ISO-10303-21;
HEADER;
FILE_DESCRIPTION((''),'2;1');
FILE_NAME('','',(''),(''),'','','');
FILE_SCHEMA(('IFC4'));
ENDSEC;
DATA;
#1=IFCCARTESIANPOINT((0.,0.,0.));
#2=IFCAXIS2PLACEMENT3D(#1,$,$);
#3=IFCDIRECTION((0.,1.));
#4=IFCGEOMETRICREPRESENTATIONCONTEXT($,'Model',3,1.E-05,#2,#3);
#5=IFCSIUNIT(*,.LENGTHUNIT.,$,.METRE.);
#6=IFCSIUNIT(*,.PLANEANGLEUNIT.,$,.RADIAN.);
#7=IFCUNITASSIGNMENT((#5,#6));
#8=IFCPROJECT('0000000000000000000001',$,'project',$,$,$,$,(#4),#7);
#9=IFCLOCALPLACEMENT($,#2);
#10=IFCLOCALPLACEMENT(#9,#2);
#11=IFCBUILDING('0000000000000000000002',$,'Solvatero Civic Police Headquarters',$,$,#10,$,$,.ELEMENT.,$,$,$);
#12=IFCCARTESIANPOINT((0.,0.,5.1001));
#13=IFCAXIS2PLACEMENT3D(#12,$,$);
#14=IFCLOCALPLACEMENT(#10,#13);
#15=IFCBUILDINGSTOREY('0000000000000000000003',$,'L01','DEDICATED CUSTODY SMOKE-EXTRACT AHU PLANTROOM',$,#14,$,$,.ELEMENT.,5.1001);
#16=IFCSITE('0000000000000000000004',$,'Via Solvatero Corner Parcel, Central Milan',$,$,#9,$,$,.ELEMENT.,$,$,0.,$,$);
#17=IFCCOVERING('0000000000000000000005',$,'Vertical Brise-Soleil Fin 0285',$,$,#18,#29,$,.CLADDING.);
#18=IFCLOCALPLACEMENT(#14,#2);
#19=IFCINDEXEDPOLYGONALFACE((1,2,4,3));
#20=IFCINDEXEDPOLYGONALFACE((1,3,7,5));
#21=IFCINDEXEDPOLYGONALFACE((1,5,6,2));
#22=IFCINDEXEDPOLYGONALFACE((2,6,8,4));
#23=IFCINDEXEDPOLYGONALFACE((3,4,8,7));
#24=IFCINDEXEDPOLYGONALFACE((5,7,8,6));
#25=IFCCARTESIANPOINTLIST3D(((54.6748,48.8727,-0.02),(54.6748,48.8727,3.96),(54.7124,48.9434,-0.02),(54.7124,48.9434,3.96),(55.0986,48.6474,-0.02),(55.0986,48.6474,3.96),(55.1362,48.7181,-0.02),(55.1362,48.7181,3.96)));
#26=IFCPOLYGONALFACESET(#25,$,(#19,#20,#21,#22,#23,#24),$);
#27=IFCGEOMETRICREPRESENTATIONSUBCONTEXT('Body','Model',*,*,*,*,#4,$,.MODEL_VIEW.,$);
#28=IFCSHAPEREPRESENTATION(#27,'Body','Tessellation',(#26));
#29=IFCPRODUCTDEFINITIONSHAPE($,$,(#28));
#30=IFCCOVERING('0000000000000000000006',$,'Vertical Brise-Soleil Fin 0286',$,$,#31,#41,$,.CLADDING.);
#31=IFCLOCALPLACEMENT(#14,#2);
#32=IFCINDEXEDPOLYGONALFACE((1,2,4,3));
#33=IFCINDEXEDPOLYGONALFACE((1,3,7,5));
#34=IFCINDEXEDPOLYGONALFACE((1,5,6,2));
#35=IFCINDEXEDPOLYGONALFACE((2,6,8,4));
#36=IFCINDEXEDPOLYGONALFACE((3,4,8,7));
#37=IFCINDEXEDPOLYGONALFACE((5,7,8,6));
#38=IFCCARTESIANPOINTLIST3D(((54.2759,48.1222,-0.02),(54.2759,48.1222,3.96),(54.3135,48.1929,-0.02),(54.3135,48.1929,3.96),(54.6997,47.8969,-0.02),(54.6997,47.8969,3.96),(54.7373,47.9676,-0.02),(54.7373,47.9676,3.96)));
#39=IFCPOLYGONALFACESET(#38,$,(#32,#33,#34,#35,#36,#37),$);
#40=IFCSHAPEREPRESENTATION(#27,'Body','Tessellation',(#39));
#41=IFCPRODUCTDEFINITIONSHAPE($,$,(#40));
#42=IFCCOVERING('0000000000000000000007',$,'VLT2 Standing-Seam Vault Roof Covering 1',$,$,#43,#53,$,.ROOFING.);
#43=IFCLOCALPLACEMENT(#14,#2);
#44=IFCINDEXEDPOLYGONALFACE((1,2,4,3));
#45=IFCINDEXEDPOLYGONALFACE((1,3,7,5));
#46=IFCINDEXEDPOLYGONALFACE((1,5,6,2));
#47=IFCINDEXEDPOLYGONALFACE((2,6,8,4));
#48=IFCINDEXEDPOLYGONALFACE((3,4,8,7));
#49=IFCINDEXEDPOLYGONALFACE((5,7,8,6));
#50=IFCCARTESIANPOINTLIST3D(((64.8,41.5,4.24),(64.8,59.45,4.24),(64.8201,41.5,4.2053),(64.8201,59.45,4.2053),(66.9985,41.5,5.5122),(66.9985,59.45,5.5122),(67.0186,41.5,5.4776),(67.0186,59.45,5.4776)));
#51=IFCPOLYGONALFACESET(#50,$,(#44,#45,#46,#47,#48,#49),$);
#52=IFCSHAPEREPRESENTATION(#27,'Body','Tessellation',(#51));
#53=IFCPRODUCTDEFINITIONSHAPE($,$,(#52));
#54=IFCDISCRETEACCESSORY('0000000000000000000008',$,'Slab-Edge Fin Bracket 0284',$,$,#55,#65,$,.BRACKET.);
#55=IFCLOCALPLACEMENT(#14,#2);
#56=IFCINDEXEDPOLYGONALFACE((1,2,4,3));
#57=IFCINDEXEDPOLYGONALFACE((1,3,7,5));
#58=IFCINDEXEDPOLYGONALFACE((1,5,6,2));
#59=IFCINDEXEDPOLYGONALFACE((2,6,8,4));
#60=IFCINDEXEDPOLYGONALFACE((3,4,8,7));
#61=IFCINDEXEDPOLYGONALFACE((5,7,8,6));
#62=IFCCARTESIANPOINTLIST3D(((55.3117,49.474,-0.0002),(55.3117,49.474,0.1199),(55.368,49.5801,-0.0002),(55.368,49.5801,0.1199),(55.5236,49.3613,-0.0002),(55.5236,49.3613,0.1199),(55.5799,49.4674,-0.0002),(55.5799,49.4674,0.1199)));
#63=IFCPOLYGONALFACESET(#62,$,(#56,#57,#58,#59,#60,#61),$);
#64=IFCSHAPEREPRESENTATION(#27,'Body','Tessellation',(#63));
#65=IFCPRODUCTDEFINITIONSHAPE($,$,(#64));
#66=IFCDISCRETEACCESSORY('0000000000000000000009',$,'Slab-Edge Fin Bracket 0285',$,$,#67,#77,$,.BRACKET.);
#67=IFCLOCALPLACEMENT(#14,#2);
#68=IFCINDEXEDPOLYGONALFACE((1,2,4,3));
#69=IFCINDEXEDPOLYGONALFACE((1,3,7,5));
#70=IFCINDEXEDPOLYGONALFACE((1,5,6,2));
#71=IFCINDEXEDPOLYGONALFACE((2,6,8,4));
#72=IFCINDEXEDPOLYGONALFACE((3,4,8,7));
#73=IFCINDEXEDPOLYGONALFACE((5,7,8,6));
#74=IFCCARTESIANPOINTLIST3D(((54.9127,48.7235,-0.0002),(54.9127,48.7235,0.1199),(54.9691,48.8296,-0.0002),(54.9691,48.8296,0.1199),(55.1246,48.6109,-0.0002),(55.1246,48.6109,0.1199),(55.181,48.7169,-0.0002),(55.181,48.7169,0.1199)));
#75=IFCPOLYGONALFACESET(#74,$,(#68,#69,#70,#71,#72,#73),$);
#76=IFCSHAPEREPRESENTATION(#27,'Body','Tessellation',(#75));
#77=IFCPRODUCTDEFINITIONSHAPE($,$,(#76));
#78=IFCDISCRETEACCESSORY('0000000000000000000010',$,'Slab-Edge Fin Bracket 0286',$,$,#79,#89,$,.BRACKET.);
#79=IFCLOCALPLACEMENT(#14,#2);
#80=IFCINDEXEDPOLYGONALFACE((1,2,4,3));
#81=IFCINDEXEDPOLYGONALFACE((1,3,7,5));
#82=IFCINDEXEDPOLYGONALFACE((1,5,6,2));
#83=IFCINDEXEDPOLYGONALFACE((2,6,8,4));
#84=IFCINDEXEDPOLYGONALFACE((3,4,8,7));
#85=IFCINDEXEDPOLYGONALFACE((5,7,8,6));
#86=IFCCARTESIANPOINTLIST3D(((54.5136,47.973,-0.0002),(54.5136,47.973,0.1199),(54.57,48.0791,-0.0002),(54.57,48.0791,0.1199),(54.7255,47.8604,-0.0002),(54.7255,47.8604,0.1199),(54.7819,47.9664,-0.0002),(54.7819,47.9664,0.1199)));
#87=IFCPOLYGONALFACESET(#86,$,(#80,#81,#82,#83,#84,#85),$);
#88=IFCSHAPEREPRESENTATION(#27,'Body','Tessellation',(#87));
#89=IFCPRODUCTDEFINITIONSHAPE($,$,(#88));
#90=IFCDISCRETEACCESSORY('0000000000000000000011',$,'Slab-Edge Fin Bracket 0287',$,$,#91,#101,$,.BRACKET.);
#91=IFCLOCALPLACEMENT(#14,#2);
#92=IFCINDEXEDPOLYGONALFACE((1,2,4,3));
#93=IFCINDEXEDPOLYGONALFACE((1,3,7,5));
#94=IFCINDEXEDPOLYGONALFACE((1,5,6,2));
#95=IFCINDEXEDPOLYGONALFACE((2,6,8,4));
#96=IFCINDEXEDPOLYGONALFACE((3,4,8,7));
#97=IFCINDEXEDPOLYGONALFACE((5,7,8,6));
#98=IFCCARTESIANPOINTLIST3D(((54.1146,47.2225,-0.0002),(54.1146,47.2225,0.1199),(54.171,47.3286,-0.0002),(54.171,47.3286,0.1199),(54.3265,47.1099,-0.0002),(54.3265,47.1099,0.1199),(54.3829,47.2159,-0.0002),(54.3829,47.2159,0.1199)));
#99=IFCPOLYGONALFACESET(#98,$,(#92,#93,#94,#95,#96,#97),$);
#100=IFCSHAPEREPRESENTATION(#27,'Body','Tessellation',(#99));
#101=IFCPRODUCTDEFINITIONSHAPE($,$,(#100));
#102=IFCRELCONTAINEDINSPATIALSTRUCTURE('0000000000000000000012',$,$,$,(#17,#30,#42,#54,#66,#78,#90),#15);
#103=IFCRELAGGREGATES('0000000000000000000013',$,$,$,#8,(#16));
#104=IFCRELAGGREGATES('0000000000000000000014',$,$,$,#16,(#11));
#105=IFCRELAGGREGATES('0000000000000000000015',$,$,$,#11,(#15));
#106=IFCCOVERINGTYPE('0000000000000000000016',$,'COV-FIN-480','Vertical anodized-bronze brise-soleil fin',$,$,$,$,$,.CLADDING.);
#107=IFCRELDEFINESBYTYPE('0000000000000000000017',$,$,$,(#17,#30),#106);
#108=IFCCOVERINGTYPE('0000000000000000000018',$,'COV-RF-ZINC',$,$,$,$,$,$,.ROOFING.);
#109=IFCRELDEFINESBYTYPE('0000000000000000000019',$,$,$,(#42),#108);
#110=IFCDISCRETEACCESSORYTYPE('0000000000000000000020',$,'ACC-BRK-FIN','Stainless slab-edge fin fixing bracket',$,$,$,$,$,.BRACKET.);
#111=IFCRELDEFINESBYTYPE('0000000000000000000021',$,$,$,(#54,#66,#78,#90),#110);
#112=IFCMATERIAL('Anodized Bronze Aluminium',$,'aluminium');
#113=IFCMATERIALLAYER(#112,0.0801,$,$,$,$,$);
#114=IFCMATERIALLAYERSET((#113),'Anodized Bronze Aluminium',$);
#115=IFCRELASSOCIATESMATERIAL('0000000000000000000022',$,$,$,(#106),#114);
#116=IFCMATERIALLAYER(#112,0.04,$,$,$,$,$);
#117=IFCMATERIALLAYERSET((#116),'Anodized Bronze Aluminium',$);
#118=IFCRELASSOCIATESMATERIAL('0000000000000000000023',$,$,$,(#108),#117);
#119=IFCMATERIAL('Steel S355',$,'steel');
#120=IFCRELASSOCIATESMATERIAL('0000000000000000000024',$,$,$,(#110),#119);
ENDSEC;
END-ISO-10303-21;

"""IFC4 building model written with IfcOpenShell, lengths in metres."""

from ifc_helpers import new_model, si_unit, direction, frame, origin, origin_2d, place, context, subcontext, project, spatial, polyline, rectangle, outline, extrude, material, layer, layer_set, type_object, element, save


model = new_model("IFC4")

# Units and contexts
model_context = context("Model", 3, precision=1e-05, world=origin(), true_north=direction((0.0, 1.0)))
body_context = subcontext(model_context, "Body", "Model", "MODEL_VIEW")
ifc_project = project(units=[si_unit("LENGTHUNIT", "METRE"), si_unit("PLANEANGLEUNIT", "RADIAN")], contexts=[model_context])

# Site, building, storey
site_placement = place(None, origin())
site = spatial("IfcSite", under=ifc_project, at=site_placement, Name="Via Solvatero Corner Parcel, Central Milan", CompositionType="ELEMENT", RefElevation=0.0)
building_placement = place(site_placement, origin())
building = spatial("IfcBuilding", under=site, at=building_placement, Name="Solvatero Civic Police Headquarters", CompositionType="ELEMENT")
storey_placement = place(building_placement, frame((0.0, 0.0, 5.1001)))
storey = spatial("IfcBuildingStorey", under=building, at=storey_placement, Name="L01", Description="DEDICATED CUSTODY SMOKE-EXTRACT AHU PLANTROOM", CompositionType="ELEMENT", Elevation=5.1001)

# Shared definitions
ifc_material_1 = material(Name="Steel S355", Category="steel")

# Shared definitions
ifc_material_2 = material(Name="Anodized Bronze Aluminium", Category="aluminium")

# Coverings
ifc_layer_1 = layer(ifc_material_2, 0.0801)
ifc_layer_set_1 = layer_set([ifc_layer_1], Name="Anodized Bronze Aluminium")
covering_type_1 = type_object("IfcCoveringType", Name="COV-FIN-480", Description="Vertical anodized-bronze brise-soleil fin", PredefinedType="CLADDING", material=ifc_layer_set_1)
for number, where, z_axis, x_axis, name in (
    (1, (54.9055, 48.7954, -0.02), (0.0, 0.0, 1.0), (-0.469472, -0.882948, 0.0), "Vertical Brise-Soleil Fin 0285"),
    (2, (54.5066, 48.0449, -0.02), (0.0, 0.0, 1.0), (-0.469472, -0.882948, 0.0), "Vertical Brise-Soleil Fin 0286"),
):
    element("IfcCovering", number, at=place(storey_placement, frame(where, z_axis=z_axis, x_axis=x_axis)), inside=storey, type_object=covering_type_1, Name=name, PredefinedType="CLADDING", context=body_context, shape_type="SweptSolid", body=[
        extrude(rectangle(XDim=0.0801, YDim=0.48, at=origin_2d()), origin(), (0.0, 0.0, 1.0), 3.98),
    ])
ifc_layer_2 = layer(ifc_material_2, 0.04)
ifc_layer_set_2 = layer_set([ifc_layer_2], Name="Anodized Bronze Aluminium")
covering_type_2 = type_object("IfcCoveringType", Name="COV-RF-ZINC", PredefinedType="ROOFING", material=ifc_layer_set_2)
covering_placement = place(storey_placement, frame((64.8, 41.5, 4.24), z_axis=(-0.500862, 0.0, 0.865527), x_axis=(0.865527, 0.0, 0.500862)))
element("IfcCovering", 3, at=covering_placement, inside=storey, type_object=covering_type_2, Name="VLT2 Standing-Seam Vault Roof Covering 1", PredefinedType="ROOFING", context=body_context, shape_type="SweptSolid", body=[
    extrude(outline(polyline([(0.0, 0.0), (2.5401, 0.0), (2.5401, 17.95), (0.0, 17.95), (0.0, 0.0)])), origin(), (0.0, 0.0, -1.0), 0.04),
])

# Discrete accessories
discrete_accessory_type = type_object("IfcDiscreteAccessoryType", Name="ACC-BRK-FIN", Description="Stainless slab-edge fin fixing bracket", PredefinedType="BRACKET", material=ifc_material_1)
for number, where, z_axis, x_axis, name in (
    (4, (55.4458, 49.4707, -0.0002), (0.0, 0.0, 1.0), (-0.469472, -0.882948, 0.0), "Slab-Edge Fin Bracket 0284"),
    (5, (55.0469, 48.7202, -0.0002), (0.0, 0.0, 1.0), (-0.469472, -0.882948, 0.0), "Slab-Edge Fin Bracket 0285"),
    (6, (54.6477, 47.9697, -0.0002), (0.0, 0.0, 1.0), (-0.469472, -0.882948, 0.0), "Slab-Edge Fin Bracket 0286"),
    (7, (54.2488, 47.2192, -0.0002), (0.0, 0.0, 1.0), (-0.469472, -0.882948, 0.0), "Slab-Edge Fin Bracket 0287"),
):
    element("IfcDiscreteAccessory", number, at=place(storey_placement, frame(where, z_axis=z_axis, x_axis=x_axis)), inside=storey, type_object=discrete_accessory_type, Name=name, PredefinedType="BRACKET", context=body_context, shape_type="SweptSolid", body=[
        extrude(rectangle(XDim=0.1201, YDim=0.24, at=origin_2d()), origin(), (0.0, 0.0, 1.0), 0.1201),
    ])

save(model, "model.ifc")
